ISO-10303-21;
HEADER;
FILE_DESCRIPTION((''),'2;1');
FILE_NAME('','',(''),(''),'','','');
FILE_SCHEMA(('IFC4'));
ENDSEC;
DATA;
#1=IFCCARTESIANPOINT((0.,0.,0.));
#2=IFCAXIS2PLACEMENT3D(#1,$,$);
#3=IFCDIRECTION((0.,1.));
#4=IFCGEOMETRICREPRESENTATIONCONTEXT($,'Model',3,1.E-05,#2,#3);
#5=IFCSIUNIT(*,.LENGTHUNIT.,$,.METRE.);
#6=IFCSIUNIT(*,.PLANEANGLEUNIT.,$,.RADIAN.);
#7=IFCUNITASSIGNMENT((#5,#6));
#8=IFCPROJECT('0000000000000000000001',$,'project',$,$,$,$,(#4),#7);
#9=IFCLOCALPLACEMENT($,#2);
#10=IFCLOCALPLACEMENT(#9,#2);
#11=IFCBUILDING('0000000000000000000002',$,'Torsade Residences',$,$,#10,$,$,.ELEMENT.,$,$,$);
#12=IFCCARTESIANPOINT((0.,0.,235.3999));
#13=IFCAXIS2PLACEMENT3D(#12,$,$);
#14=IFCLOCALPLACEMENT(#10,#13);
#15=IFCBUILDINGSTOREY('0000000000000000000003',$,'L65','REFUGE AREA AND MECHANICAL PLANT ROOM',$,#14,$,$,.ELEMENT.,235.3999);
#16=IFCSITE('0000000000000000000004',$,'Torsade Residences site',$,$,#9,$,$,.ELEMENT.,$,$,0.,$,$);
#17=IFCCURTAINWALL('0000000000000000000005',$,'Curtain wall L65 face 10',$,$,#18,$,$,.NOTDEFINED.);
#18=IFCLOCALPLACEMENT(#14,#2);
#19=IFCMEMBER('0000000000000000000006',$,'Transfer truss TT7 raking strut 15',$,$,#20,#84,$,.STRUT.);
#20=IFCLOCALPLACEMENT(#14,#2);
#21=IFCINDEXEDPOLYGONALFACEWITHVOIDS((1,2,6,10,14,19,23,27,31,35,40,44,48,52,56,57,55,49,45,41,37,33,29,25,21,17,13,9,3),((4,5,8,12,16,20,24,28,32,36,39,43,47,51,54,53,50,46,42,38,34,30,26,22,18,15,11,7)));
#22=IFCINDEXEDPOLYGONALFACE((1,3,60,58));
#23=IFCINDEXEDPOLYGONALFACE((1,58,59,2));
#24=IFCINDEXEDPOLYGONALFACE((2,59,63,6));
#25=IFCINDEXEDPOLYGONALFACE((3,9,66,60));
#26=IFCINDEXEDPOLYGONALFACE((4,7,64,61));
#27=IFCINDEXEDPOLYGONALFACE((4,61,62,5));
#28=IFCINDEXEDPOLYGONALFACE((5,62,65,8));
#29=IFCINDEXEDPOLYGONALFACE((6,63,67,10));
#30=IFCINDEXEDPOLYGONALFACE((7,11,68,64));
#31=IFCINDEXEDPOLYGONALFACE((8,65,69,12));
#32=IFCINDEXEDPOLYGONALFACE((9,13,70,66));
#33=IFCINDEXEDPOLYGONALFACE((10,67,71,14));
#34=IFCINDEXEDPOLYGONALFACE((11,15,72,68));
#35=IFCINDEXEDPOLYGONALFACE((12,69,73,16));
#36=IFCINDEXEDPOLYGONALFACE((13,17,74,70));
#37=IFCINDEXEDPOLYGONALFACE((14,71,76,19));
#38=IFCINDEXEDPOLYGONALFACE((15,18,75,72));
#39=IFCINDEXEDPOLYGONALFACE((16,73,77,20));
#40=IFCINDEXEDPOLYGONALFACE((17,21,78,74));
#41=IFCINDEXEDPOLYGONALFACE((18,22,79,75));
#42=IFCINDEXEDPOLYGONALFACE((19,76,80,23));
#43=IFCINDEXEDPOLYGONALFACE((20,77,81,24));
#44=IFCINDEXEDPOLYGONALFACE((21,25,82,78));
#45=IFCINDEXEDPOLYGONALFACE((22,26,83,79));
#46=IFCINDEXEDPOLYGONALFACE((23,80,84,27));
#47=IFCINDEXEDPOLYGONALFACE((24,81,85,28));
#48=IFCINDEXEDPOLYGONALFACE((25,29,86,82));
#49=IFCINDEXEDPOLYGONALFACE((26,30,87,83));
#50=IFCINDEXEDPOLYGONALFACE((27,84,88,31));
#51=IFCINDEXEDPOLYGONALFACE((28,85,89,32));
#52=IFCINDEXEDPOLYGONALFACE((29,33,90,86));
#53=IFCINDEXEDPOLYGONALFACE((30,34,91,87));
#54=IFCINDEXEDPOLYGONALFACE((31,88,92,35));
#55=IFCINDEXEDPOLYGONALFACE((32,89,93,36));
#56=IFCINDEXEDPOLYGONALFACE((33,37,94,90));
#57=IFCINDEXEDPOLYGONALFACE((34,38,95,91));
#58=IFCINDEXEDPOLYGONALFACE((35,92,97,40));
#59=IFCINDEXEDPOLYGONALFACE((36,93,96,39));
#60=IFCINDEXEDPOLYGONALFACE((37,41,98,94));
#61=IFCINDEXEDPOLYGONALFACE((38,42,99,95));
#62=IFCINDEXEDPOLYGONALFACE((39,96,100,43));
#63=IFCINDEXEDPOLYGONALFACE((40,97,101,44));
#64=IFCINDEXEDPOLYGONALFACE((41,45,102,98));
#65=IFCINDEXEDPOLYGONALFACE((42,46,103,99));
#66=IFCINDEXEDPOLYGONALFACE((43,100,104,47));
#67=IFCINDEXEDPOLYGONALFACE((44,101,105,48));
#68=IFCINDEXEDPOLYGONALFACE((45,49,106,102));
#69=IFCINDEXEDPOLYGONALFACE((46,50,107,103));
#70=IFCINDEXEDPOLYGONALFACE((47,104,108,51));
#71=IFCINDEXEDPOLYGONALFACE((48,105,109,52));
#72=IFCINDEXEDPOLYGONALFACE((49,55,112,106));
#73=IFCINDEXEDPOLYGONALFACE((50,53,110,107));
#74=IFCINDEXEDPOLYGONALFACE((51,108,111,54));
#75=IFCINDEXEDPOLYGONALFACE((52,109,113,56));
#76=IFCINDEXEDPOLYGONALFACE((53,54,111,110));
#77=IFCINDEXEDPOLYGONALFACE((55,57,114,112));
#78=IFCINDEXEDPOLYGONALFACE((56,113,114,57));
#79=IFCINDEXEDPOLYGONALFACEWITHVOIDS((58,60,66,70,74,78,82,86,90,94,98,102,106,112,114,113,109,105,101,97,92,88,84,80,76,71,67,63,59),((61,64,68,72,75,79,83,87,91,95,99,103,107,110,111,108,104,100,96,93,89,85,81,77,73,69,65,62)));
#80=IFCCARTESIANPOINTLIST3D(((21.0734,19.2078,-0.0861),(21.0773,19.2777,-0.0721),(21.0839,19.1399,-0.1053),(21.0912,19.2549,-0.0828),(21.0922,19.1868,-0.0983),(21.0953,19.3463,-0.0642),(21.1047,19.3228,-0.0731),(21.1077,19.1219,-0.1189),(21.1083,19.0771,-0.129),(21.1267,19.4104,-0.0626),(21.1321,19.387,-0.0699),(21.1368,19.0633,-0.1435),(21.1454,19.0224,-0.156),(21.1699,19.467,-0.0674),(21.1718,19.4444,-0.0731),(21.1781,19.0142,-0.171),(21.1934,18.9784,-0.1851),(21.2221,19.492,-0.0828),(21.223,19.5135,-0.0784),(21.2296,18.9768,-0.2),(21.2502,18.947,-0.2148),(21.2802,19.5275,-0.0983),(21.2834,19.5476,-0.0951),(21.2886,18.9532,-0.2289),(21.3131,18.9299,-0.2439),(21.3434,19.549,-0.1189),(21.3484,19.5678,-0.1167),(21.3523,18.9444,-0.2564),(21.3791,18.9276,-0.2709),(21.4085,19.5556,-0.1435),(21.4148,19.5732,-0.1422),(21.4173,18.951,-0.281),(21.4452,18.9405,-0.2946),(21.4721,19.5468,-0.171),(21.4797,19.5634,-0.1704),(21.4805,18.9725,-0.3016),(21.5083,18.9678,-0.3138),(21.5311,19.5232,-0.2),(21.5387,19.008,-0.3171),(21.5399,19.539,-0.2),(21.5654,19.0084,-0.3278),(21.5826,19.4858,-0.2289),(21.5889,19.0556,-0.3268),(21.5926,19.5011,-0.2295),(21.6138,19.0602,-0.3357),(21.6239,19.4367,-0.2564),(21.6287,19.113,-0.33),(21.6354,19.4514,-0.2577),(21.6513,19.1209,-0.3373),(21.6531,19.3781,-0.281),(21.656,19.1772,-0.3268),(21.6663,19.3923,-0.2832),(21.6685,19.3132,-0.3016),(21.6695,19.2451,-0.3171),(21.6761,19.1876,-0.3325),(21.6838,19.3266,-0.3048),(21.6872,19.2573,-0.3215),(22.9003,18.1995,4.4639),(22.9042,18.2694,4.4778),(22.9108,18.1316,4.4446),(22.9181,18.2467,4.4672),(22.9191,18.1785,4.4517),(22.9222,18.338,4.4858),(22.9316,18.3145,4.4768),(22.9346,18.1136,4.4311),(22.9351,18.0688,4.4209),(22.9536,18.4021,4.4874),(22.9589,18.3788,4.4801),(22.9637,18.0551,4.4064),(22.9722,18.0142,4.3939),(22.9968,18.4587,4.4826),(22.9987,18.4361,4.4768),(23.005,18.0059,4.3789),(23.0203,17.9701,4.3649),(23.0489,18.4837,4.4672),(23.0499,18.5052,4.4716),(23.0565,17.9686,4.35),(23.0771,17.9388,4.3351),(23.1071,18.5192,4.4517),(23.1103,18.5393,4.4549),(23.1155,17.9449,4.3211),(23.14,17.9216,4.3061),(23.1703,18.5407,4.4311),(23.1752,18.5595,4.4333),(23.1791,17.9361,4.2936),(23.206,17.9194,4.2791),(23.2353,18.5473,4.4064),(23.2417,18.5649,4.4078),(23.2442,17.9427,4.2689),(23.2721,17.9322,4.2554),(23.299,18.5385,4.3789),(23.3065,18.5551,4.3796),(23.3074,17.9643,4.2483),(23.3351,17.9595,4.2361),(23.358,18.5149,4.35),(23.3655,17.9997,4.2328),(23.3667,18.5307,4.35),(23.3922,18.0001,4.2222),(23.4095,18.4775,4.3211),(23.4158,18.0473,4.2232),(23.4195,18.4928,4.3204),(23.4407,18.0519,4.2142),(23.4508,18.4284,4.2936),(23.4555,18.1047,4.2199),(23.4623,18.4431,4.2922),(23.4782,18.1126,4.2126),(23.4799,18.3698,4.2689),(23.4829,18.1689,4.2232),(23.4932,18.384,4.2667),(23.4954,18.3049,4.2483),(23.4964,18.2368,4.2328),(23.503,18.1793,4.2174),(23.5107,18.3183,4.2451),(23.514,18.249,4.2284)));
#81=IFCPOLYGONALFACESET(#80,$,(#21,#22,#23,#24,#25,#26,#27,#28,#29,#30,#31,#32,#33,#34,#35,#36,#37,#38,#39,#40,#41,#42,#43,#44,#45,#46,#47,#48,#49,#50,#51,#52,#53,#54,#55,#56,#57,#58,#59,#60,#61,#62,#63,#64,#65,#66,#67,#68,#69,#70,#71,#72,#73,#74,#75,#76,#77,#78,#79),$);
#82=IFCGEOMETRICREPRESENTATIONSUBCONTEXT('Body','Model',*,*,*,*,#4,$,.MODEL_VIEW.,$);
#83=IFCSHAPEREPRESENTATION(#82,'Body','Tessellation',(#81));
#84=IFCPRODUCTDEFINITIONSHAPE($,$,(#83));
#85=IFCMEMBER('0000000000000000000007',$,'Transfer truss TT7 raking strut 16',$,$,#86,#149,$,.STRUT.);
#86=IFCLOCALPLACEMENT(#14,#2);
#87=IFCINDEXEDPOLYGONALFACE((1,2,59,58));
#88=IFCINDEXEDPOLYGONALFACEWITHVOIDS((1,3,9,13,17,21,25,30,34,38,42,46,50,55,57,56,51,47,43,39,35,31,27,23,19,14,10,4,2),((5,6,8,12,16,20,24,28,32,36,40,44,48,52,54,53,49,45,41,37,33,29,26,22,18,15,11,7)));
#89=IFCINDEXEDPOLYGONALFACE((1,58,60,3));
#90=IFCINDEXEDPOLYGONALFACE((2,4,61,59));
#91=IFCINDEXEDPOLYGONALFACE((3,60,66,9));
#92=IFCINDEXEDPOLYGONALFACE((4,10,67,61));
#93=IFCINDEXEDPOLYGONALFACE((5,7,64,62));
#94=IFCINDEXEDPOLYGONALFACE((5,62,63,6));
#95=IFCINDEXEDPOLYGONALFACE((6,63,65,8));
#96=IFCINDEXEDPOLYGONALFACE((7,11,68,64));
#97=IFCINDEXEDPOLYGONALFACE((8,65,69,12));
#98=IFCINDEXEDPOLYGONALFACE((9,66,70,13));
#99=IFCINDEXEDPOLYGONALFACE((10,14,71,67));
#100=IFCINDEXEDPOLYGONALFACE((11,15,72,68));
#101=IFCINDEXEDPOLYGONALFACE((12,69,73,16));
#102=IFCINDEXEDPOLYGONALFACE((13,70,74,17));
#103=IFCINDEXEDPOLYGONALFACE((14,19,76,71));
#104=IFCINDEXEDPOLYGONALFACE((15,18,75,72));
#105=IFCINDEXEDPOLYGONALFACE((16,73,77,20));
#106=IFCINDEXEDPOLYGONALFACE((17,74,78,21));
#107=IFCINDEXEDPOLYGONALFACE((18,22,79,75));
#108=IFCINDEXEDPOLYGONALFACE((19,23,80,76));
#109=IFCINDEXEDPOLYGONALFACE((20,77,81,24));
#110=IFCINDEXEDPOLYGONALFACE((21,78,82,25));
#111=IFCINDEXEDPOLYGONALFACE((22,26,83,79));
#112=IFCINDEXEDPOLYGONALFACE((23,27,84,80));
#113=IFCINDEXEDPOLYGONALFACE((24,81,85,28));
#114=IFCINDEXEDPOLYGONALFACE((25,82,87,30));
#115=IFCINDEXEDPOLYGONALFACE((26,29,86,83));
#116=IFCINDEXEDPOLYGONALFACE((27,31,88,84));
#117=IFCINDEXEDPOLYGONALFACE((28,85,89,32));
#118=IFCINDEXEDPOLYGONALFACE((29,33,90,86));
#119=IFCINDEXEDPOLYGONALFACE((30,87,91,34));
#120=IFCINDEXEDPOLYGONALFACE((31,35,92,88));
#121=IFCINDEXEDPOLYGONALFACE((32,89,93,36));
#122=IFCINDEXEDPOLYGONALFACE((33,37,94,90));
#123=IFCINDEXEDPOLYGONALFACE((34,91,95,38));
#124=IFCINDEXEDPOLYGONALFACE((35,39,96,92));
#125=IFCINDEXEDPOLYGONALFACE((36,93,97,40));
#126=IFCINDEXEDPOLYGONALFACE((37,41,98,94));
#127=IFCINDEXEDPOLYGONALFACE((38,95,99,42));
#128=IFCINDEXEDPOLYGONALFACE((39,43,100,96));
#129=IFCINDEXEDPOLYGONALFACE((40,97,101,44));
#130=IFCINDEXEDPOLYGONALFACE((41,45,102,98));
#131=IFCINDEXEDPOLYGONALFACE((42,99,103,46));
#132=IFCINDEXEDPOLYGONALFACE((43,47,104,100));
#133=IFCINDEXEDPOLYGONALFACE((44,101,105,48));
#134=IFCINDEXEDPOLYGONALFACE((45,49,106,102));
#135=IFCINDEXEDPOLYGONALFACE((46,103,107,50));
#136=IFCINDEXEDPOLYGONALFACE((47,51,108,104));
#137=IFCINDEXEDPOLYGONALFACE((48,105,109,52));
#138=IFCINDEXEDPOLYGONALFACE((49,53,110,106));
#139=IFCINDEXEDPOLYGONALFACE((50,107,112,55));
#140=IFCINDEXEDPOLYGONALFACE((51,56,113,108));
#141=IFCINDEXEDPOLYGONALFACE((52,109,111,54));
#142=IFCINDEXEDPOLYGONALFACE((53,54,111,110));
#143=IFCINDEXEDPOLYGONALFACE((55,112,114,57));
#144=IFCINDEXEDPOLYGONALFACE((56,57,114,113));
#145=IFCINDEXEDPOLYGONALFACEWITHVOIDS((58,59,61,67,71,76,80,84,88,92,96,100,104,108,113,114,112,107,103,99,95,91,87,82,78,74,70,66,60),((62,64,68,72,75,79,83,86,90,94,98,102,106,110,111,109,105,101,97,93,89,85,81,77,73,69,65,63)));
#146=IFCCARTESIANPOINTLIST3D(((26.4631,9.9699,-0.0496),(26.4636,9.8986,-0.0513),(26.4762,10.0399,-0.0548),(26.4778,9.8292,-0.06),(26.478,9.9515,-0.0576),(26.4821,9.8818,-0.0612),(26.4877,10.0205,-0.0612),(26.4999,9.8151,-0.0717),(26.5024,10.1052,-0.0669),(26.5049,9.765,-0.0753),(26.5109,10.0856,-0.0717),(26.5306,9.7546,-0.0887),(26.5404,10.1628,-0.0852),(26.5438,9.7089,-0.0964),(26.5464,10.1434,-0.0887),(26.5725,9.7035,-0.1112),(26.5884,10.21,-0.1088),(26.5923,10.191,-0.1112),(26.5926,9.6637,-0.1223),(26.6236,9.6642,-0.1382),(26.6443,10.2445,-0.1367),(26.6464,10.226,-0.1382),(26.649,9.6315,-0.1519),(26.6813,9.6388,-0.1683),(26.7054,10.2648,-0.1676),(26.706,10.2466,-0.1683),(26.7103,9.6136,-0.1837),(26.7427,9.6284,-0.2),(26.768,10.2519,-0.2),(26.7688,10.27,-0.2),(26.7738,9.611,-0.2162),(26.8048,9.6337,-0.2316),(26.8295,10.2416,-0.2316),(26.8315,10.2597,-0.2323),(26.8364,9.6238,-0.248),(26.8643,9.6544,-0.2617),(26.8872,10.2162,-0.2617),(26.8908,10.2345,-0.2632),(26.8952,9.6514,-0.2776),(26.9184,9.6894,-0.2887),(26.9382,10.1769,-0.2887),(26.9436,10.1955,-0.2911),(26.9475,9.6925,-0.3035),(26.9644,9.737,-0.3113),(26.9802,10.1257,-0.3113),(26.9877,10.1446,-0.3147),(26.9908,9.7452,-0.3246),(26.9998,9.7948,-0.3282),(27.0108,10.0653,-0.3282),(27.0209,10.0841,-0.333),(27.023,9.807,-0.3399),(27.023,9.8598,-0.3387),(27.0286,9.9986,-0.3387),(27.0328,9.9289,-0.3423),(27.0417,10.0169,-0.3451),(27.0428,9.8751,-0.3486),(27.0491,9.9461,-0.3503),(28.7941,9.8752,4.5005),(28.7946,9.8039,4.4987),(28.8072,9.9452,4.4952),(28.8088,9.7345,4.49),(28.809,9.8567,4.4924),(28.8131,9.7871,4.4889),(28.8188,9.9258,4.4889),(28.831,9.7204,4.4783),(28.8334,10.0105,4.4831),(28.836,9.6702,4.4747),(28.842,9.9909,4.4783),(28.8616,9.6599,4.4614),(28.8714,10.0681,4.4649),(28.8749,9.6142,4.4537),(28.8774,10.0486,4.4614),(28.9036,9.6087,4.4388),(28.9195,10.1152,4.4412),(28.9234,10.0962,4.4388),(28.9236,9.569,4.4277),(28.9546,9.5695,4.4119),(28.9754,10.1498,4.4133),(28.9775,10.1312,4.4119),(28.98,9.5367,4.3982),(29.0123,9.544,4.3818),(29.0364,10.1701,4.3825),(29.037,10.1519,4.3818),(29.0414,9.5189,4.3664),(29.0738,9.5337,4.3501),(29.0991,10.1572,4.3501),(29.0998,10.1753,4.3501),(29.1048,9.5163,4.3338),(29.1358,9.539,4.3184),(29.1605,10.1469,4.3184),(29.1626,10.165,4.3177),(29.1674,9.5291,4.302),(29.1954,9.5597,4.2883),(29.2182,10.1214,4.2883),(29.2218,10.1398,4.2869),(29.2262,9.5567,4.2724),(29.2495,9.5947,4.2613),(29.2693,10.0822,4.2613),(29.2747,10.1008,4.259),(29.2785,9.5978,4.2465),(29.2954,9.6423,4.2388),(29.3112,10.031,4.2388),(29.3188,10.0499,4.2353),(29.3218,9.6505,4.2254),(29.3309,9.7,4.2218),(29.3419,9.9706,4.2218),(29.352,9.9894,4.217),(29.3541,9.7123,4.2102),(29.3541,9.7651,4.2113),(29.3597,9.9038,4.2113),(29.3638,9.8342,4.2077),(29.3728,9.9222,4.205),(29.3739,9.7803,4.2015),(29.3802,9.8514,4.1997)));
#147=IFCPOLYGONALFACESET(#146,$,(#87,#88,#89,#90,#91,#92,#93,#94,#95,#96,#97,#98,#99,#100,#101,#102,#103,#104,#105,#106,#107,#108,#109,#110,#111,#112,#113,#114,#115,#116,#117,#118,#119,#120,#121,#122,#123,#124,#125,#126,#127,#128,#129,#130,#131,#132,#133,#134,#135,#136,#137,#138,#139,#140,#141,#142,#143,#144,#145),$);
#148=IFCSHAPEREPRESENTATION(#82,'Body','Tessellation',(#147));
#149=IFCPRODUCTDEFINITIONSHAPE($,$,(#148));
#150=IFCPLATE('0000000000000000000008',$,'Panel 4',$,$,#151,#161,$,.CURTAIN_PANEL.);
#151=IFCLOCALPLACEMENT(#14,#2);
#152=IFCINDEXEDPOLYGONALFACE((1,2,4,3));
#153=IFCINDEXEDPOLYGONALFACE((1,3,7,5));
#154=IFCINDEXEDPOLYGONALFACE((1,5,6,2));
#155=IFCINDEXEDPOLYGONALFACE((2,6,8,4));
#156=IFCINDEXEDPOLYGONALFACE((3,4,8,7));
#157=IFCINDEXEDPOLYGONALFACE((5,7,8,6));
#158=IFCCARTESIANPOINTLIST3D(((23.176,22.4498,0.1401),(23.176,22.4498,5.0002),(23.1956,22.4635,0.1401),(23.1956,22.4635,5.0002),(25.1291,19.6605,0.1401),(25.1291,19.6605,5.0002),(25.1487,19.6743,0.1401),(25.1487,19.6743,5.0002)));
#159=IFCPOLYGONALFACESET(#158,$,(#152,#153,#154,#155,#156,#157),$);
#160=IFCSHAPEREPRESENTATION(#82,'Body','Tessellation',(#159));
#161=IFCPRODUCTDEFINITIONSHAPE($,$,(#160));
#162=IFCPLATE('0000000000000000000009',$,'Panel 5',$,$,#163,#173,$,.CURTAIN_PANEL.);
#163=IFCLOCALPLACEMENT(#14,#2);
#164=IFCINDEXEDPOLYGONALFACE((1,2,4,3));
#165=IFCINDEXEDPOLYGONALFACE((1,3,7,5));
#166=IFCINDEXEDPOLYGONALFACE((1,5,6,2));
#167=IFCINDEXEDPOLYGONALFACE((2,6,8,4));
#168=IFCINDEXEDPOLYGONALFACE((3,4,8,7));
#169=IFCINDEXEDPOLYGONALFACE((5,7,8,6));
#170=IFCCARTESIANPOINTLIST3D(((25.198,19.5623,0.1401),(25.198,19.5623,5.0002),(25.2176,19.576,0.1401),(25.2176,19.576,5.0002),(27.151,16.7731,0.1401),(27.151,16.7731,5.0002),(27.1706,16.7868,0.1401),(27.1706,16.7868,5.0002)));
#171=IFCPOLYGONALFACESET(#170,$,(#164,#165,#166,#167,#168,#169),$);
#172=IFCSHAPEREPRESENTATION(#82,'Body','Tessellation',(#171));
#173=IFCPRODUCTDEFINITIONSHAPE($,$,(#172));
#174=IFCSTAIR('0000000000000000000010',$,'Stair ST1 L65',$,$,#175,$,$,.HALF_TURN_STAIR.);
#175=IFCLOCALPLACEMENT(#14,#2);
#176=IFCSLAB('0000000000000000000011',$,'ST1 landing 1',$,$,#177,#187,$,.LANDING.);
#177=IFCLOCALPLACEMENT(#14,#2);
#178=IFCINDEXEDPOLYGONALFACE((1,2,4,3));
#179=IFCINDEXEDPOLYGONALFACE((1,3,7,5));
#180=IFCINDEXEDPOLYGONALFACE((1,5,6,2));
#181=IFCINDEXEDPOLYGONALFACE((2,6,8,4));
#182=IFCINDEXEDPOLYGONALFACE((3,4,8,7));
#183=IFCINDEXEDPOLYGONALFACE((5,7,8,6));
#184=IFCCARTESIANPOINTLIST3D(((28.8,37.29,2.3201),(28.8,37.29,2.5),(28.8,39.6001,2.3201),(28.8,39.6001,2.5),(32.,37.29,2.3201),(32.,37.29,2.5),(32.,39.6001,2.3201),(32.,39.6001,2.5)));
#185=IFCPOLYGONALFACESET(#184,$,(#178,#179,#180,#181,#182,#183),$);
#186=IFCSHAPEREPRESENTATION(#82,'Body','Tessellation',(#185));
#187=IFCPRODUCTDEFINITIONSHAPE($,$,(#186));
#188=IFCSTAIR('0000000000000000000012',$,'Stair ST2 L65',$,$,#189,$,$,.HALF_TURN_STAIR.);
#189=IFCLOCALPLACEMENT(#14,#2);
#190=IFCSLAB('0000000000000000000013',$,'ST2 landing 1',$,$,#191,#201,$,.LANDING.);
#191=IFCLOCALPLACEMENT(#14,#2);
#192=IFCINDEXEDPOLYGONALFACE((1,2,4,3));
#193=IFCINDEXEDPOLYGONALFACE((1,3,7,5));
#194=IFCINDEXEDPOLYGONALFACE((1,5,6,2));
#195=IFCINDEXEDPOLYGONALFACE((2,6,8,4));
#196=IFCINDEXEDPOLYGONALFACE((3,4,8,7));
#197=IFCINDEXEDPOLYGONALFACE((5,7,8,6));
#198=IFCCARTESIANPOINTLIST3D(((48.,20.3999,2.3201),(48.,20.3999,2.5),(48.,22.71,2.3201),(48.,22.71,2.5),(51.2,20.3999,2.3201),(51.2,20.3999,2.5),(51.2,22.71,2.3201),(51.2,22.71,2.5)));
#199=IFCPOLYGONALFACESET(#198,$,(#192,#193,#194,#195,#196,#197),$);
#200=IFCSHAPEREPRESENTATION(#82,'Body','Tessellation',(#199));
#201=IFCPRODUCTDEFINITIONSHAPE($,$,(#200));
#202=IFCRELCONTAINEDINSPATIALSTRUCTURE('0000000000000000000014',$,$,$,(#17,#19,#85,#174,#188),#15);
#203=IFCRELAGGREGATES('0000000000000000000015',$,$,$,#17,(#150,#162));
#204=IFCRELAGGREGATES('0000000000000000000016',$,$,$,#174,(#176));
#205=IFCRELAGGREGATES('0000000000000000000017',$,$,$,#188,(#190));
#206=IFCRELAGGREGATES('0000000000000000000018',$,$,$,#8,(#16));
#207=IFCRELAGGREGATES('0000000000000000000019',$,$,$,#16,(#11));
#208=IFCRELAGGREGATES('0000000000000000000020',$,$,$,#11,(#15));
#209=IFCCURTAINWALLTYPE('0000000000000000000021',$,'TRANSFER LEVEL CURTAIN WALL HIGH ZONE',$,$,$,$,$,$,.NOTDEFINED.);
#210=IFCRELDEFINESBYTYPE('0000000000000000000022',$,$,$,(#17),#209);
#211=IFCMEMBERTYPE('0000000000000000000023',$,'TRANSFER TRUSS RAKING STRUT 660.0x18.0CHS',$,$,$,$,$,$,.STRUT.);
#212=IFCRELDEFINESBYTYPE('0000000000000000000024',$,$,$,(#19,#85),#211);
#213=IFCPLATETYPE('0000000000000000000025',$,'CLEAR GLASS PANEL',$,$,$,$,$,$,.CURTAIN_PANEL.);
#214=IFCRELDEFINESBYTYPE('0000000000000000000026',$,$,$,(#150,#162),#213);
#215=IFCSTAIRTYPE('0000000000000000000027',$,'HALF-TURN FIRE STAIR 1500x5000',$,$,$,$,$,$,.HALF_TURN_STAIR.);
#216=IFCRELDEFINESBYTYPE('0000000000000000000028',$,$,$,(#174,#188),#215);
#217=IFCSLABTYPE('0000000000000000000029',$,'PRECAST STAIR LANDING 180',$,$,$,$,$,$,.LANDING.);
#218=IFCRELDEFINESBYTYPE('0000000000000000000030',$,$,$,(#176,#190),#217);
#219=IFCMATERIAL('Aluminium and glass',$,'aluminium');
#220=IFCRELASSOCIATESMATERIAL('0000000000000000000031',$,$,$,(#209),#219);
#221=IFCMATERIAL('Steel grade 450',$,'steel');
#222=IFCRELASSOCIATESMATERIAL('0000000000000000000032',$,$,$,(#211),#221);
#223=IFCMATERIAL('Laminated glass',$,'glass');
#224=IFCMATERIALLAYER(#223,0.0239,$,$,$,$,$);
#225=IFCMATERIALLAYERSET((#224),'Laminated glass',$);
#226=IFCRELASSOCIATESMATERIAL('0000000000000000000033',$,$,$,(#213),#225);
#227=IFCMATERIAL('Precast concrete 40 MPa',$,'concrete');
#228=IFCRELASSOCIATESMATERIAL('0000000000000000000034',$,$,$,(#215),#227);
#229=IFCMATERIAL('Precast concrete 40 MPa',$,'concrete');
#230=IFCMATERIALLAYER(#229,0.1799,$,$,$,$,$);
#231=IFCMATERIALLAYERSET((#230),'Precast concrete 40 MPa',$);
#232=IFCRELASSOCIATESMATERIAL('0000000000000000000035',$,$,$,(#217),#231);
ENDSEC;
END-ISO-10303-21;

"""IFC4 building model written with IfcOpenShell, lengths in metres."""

from ifc_helpers import new_model, si_unit, direction, frame, origin, origin_2d, place, context, subcontext, project, spatial, polyline, rectangle, hollow_circle, outline, extrude, material, layer, layer_set, material_profile, profile_set, type_object, element, aggregate, save


model = new_model("IFC4")

# Units and contexts
model_context = context("Model", 3, precision=1e-05, world=origin(), true_north=direction((0.0, 1.0)))
body_context = subcontext(model_context, "Body", "Model", "MODEL_VIEW")
ifc_project = project(units=[si_unit("LENGTHUNIT", "METRE"), si_unit("PLANEANGLEUNIT", "RADIAN")], contexts=[model_context])

# Site, building, storey
site_placement = place(None, origin())
site = spatial("IfcSite", under=ifc_project, at=site_placement, Name="Torsade Residences site", CompositionType="ELEMENT", RefElevation=0.0)
building_placement = place(site_placement, origin())
building = spatial("IfcBuilding", under=site, at=building_placement, Name="Torsade Residences", CompositionType="ELEMENT")
storey_placement = place(building_placement, frame((0.0, 0.0, 235.3999)))
storey = spatial("IfcBuildingStorey", under=building, at=storey_placement, Name="L65", Description="REFUGE AREA AND MECHANICAL PLANT ROOM", CompositionType="ELEMENT", Elevation=235.3999)

# Curtain wall
ifc_material_1 = material(Name="Aluminium and glass", Category="aluminium")
curtain_wall_type = type_object("IfcCurtainWallType", Name="TRANSFER LEVEL CURTAIN WALL HIGH ZONE", PredefinedType="NOTDEFINED", material=ifc_material_1)
curtain_wall_placement = place(storey_placement, origin())
curtain_wall = element("IfcCurtainWall", 1, at=curtain_wall_placement, inside=storey, type_object=curtain_wall_type, Name="Curtain wall L65 face 10", PredefinedType="NOTDEFINED")

# Members
ifc_material_2 = material(Name="Steel grade 450", Category="steel")
ifc_material_profile_1 = material_profile(ifc_material_2, hollow_circle(Radius=0.3301, WallThickness=0.0181, at=origin_2d()), Name="660.0x18.0CHS")
ifc_profile_set_1 = profile_set([ifc_material_profile_1], Name="Steel grade 450")
member_type_1 = type_object("IfcMemberType", Name="TRANSFER TRUSS RAKING STRUT 660.0x18.0CHS", PredefinedType="STRUT", material=ifc_profile_set_1)
member_1_placement = place(storey_placement, frame((21.3804, 19.25, -0.2), z_axis=(0.364964, -0.20143, 0.908971), x_axis=(0.483207, 0.875506, 0.0)))
element("IfcMember", 2, at=member_1_placement, inside=storey, type_object=member_type_1, Name="Transfer truss TT7 raking strut 15", PredefinedType="STRUT", context=body_context, shape_type="SweptSolid", body=[
    extrude(hollow_circle(Radius=0.3301, WallThickness=0.0181, at=origin_2d()), origin(), (0.0, 0.0, 1.0), 5.0056),
])
member_2_placement = place(storey_placement, frame((26.7554, 9.9402, -0.2), z_axis=(0.455882, -0.018526, 0.889848), x_axis=(0.040603, 0.999175, 0.0)))
element("IfcMember", 3, at=member_2_placement, inside=storey, type_object=member_type_1, Name="Transfer truss TT7 raking strut 16", PredefinedType="STRUT", context=body_context, shape_type="SweptSolid", body=[
    extrude(hollow_circle(Radius=0.3301, WallThickness=0.0181, at=origin_2d()), origin(), (0.0, 0.0, 1.0), 5.1133),
])

# Plates
ifc_material_3 = material(Name="Laminated glass", Category="glass")
ifc_layer_1 = layer(ifc_material_3, 0.0239)
ifc_layer_set_1 = layer_set([ifc_layer_1], Name="Laminated glass")
plate_type = type_object("IfcPlateType", Name="CLEAR GLASS PANEL", PredefinedType="CURTAIN_PANEL", material=ifc_layer_set_1)
plate_1_placement = place(storey_placement, frame((24.1624, 21.062, 0.1401), z_axis=(0.0, 0.0, 1.0), x_axis=(0.573576, -0.819152, 0.0)))
plate_1 = element("IfcPlate", 4, at=plate_1_placement, type_object=plate_type, Name="Panel 4", PredefinedType="CURTAIN_PANEL", context=body_context, shape_type="SweptSolid", body=[
    extrude(rectangle(XDim=3.405, YDim=0.0239, at=origin_2d()), origin(), (0.0, 0.0, 1.0), 4.8601),
])
plate_2_placement = place(storey_placement, frame((26.1843, 18.1746, 0.1401), z_axis=(0.0, 0.0, 1.0), x_axis=(0.573576, -0.819152, 0.0)))
plate_2 = element("IfcPlate", 5, at=plate_2_placement, type_object=plate_type, Name="Panel 5", PredefinedType="CURTAIN_PANEL", context=body_context, shape_type="SweptSolid", body=[
    extrude(rectangle(XDim=3.405, YDim=0.0239, at=origin_2d()), origin(), (0.0, 0.0, 1.0), 4.8601),
])
aggregate(curtain_wall, [plate_1, plate_2])

# Stairs, slabs
ifc_material_4 = material(Name="Precast concrete 40 MPa", Category="concrete")
stair_type = type_object("IfcStairType", Name="HALF-TURN FIRE STAIR 1500x5000", PredefinedType="HALF_TURN_STAIR", material=ifc_material_4)
stair_1_placement = place(storey_placement, origin())
stair_1 = element("IfcStair", 6, at=stair_1_placement, inside=storey, type_object=stair_type, Name="Stair ST1 L65", PredefinedType="HALF_TURN_STAIR")
ifc_material_5 = material(Name="Precast concrete 40 MPa", Category="concrete")
ifc_layer_2 = layer(ifc_material_5, 0.1799)
ifc_layer_set_2 = layer_set([ifc_layer_2], Name="Precast concrete 40 MPa")
slab_type_1 = type_object("IfcSlabType", Name="PRECAST STAIR LANDING 180", PredefinedType="LANDING", material=ifc_layer_set_2)
slab_1_placement = place(storey_placement, frame((0.0, 0.0, 2.3201)))
slab_1 = element("IfcSlab", 7, at=slab_1_placement, type_object=slab_type_1, Name="ST1 landing 1", PredefinedType="LANDING", context=body_context, shape_type="SweptSolid", body=[
    extrude(outline(polyline([(28.8, 37.29), (32.0, 37.29), (32.0, 39.6001), (28.8, 39.6001), (28.8, 37.29)])), origin(), (0.0, 0.0, 1.0), 0.1799),
])
aggregate(stair_1, [slab_1])
stair_2_placement = place(storey_placement, origin())
stair_2 = element("IfcStair", 8, at=stair_2_placement, inside=storey, type_object=stair_type, Name="Stair ST2 L65", PredefinedType="HALF_TURN_STAIR")
slab_2_placement = place(storey_placement, frame((0.0, 0.0, 2.3201)))
slab_2 = element("IfcSlab", 9, at=slab_2_placement, type_object=slab_type_1, Name="ST2 landing 1", PredefinedType="LANDING", context=body_context, shape_type="SweptSolid", body=[
    extrude(outline(polyline([(48.0, 20.3999), (51.2, 20.3999), (51.2, 22.71), (48.0, 22.71), (48.0, 20.3999)])), origin(), (0.0, 0.0, 1.0), 0.1799),
])
aggregate(stair_2, [slab_2])

save(model, "model.ifc")
